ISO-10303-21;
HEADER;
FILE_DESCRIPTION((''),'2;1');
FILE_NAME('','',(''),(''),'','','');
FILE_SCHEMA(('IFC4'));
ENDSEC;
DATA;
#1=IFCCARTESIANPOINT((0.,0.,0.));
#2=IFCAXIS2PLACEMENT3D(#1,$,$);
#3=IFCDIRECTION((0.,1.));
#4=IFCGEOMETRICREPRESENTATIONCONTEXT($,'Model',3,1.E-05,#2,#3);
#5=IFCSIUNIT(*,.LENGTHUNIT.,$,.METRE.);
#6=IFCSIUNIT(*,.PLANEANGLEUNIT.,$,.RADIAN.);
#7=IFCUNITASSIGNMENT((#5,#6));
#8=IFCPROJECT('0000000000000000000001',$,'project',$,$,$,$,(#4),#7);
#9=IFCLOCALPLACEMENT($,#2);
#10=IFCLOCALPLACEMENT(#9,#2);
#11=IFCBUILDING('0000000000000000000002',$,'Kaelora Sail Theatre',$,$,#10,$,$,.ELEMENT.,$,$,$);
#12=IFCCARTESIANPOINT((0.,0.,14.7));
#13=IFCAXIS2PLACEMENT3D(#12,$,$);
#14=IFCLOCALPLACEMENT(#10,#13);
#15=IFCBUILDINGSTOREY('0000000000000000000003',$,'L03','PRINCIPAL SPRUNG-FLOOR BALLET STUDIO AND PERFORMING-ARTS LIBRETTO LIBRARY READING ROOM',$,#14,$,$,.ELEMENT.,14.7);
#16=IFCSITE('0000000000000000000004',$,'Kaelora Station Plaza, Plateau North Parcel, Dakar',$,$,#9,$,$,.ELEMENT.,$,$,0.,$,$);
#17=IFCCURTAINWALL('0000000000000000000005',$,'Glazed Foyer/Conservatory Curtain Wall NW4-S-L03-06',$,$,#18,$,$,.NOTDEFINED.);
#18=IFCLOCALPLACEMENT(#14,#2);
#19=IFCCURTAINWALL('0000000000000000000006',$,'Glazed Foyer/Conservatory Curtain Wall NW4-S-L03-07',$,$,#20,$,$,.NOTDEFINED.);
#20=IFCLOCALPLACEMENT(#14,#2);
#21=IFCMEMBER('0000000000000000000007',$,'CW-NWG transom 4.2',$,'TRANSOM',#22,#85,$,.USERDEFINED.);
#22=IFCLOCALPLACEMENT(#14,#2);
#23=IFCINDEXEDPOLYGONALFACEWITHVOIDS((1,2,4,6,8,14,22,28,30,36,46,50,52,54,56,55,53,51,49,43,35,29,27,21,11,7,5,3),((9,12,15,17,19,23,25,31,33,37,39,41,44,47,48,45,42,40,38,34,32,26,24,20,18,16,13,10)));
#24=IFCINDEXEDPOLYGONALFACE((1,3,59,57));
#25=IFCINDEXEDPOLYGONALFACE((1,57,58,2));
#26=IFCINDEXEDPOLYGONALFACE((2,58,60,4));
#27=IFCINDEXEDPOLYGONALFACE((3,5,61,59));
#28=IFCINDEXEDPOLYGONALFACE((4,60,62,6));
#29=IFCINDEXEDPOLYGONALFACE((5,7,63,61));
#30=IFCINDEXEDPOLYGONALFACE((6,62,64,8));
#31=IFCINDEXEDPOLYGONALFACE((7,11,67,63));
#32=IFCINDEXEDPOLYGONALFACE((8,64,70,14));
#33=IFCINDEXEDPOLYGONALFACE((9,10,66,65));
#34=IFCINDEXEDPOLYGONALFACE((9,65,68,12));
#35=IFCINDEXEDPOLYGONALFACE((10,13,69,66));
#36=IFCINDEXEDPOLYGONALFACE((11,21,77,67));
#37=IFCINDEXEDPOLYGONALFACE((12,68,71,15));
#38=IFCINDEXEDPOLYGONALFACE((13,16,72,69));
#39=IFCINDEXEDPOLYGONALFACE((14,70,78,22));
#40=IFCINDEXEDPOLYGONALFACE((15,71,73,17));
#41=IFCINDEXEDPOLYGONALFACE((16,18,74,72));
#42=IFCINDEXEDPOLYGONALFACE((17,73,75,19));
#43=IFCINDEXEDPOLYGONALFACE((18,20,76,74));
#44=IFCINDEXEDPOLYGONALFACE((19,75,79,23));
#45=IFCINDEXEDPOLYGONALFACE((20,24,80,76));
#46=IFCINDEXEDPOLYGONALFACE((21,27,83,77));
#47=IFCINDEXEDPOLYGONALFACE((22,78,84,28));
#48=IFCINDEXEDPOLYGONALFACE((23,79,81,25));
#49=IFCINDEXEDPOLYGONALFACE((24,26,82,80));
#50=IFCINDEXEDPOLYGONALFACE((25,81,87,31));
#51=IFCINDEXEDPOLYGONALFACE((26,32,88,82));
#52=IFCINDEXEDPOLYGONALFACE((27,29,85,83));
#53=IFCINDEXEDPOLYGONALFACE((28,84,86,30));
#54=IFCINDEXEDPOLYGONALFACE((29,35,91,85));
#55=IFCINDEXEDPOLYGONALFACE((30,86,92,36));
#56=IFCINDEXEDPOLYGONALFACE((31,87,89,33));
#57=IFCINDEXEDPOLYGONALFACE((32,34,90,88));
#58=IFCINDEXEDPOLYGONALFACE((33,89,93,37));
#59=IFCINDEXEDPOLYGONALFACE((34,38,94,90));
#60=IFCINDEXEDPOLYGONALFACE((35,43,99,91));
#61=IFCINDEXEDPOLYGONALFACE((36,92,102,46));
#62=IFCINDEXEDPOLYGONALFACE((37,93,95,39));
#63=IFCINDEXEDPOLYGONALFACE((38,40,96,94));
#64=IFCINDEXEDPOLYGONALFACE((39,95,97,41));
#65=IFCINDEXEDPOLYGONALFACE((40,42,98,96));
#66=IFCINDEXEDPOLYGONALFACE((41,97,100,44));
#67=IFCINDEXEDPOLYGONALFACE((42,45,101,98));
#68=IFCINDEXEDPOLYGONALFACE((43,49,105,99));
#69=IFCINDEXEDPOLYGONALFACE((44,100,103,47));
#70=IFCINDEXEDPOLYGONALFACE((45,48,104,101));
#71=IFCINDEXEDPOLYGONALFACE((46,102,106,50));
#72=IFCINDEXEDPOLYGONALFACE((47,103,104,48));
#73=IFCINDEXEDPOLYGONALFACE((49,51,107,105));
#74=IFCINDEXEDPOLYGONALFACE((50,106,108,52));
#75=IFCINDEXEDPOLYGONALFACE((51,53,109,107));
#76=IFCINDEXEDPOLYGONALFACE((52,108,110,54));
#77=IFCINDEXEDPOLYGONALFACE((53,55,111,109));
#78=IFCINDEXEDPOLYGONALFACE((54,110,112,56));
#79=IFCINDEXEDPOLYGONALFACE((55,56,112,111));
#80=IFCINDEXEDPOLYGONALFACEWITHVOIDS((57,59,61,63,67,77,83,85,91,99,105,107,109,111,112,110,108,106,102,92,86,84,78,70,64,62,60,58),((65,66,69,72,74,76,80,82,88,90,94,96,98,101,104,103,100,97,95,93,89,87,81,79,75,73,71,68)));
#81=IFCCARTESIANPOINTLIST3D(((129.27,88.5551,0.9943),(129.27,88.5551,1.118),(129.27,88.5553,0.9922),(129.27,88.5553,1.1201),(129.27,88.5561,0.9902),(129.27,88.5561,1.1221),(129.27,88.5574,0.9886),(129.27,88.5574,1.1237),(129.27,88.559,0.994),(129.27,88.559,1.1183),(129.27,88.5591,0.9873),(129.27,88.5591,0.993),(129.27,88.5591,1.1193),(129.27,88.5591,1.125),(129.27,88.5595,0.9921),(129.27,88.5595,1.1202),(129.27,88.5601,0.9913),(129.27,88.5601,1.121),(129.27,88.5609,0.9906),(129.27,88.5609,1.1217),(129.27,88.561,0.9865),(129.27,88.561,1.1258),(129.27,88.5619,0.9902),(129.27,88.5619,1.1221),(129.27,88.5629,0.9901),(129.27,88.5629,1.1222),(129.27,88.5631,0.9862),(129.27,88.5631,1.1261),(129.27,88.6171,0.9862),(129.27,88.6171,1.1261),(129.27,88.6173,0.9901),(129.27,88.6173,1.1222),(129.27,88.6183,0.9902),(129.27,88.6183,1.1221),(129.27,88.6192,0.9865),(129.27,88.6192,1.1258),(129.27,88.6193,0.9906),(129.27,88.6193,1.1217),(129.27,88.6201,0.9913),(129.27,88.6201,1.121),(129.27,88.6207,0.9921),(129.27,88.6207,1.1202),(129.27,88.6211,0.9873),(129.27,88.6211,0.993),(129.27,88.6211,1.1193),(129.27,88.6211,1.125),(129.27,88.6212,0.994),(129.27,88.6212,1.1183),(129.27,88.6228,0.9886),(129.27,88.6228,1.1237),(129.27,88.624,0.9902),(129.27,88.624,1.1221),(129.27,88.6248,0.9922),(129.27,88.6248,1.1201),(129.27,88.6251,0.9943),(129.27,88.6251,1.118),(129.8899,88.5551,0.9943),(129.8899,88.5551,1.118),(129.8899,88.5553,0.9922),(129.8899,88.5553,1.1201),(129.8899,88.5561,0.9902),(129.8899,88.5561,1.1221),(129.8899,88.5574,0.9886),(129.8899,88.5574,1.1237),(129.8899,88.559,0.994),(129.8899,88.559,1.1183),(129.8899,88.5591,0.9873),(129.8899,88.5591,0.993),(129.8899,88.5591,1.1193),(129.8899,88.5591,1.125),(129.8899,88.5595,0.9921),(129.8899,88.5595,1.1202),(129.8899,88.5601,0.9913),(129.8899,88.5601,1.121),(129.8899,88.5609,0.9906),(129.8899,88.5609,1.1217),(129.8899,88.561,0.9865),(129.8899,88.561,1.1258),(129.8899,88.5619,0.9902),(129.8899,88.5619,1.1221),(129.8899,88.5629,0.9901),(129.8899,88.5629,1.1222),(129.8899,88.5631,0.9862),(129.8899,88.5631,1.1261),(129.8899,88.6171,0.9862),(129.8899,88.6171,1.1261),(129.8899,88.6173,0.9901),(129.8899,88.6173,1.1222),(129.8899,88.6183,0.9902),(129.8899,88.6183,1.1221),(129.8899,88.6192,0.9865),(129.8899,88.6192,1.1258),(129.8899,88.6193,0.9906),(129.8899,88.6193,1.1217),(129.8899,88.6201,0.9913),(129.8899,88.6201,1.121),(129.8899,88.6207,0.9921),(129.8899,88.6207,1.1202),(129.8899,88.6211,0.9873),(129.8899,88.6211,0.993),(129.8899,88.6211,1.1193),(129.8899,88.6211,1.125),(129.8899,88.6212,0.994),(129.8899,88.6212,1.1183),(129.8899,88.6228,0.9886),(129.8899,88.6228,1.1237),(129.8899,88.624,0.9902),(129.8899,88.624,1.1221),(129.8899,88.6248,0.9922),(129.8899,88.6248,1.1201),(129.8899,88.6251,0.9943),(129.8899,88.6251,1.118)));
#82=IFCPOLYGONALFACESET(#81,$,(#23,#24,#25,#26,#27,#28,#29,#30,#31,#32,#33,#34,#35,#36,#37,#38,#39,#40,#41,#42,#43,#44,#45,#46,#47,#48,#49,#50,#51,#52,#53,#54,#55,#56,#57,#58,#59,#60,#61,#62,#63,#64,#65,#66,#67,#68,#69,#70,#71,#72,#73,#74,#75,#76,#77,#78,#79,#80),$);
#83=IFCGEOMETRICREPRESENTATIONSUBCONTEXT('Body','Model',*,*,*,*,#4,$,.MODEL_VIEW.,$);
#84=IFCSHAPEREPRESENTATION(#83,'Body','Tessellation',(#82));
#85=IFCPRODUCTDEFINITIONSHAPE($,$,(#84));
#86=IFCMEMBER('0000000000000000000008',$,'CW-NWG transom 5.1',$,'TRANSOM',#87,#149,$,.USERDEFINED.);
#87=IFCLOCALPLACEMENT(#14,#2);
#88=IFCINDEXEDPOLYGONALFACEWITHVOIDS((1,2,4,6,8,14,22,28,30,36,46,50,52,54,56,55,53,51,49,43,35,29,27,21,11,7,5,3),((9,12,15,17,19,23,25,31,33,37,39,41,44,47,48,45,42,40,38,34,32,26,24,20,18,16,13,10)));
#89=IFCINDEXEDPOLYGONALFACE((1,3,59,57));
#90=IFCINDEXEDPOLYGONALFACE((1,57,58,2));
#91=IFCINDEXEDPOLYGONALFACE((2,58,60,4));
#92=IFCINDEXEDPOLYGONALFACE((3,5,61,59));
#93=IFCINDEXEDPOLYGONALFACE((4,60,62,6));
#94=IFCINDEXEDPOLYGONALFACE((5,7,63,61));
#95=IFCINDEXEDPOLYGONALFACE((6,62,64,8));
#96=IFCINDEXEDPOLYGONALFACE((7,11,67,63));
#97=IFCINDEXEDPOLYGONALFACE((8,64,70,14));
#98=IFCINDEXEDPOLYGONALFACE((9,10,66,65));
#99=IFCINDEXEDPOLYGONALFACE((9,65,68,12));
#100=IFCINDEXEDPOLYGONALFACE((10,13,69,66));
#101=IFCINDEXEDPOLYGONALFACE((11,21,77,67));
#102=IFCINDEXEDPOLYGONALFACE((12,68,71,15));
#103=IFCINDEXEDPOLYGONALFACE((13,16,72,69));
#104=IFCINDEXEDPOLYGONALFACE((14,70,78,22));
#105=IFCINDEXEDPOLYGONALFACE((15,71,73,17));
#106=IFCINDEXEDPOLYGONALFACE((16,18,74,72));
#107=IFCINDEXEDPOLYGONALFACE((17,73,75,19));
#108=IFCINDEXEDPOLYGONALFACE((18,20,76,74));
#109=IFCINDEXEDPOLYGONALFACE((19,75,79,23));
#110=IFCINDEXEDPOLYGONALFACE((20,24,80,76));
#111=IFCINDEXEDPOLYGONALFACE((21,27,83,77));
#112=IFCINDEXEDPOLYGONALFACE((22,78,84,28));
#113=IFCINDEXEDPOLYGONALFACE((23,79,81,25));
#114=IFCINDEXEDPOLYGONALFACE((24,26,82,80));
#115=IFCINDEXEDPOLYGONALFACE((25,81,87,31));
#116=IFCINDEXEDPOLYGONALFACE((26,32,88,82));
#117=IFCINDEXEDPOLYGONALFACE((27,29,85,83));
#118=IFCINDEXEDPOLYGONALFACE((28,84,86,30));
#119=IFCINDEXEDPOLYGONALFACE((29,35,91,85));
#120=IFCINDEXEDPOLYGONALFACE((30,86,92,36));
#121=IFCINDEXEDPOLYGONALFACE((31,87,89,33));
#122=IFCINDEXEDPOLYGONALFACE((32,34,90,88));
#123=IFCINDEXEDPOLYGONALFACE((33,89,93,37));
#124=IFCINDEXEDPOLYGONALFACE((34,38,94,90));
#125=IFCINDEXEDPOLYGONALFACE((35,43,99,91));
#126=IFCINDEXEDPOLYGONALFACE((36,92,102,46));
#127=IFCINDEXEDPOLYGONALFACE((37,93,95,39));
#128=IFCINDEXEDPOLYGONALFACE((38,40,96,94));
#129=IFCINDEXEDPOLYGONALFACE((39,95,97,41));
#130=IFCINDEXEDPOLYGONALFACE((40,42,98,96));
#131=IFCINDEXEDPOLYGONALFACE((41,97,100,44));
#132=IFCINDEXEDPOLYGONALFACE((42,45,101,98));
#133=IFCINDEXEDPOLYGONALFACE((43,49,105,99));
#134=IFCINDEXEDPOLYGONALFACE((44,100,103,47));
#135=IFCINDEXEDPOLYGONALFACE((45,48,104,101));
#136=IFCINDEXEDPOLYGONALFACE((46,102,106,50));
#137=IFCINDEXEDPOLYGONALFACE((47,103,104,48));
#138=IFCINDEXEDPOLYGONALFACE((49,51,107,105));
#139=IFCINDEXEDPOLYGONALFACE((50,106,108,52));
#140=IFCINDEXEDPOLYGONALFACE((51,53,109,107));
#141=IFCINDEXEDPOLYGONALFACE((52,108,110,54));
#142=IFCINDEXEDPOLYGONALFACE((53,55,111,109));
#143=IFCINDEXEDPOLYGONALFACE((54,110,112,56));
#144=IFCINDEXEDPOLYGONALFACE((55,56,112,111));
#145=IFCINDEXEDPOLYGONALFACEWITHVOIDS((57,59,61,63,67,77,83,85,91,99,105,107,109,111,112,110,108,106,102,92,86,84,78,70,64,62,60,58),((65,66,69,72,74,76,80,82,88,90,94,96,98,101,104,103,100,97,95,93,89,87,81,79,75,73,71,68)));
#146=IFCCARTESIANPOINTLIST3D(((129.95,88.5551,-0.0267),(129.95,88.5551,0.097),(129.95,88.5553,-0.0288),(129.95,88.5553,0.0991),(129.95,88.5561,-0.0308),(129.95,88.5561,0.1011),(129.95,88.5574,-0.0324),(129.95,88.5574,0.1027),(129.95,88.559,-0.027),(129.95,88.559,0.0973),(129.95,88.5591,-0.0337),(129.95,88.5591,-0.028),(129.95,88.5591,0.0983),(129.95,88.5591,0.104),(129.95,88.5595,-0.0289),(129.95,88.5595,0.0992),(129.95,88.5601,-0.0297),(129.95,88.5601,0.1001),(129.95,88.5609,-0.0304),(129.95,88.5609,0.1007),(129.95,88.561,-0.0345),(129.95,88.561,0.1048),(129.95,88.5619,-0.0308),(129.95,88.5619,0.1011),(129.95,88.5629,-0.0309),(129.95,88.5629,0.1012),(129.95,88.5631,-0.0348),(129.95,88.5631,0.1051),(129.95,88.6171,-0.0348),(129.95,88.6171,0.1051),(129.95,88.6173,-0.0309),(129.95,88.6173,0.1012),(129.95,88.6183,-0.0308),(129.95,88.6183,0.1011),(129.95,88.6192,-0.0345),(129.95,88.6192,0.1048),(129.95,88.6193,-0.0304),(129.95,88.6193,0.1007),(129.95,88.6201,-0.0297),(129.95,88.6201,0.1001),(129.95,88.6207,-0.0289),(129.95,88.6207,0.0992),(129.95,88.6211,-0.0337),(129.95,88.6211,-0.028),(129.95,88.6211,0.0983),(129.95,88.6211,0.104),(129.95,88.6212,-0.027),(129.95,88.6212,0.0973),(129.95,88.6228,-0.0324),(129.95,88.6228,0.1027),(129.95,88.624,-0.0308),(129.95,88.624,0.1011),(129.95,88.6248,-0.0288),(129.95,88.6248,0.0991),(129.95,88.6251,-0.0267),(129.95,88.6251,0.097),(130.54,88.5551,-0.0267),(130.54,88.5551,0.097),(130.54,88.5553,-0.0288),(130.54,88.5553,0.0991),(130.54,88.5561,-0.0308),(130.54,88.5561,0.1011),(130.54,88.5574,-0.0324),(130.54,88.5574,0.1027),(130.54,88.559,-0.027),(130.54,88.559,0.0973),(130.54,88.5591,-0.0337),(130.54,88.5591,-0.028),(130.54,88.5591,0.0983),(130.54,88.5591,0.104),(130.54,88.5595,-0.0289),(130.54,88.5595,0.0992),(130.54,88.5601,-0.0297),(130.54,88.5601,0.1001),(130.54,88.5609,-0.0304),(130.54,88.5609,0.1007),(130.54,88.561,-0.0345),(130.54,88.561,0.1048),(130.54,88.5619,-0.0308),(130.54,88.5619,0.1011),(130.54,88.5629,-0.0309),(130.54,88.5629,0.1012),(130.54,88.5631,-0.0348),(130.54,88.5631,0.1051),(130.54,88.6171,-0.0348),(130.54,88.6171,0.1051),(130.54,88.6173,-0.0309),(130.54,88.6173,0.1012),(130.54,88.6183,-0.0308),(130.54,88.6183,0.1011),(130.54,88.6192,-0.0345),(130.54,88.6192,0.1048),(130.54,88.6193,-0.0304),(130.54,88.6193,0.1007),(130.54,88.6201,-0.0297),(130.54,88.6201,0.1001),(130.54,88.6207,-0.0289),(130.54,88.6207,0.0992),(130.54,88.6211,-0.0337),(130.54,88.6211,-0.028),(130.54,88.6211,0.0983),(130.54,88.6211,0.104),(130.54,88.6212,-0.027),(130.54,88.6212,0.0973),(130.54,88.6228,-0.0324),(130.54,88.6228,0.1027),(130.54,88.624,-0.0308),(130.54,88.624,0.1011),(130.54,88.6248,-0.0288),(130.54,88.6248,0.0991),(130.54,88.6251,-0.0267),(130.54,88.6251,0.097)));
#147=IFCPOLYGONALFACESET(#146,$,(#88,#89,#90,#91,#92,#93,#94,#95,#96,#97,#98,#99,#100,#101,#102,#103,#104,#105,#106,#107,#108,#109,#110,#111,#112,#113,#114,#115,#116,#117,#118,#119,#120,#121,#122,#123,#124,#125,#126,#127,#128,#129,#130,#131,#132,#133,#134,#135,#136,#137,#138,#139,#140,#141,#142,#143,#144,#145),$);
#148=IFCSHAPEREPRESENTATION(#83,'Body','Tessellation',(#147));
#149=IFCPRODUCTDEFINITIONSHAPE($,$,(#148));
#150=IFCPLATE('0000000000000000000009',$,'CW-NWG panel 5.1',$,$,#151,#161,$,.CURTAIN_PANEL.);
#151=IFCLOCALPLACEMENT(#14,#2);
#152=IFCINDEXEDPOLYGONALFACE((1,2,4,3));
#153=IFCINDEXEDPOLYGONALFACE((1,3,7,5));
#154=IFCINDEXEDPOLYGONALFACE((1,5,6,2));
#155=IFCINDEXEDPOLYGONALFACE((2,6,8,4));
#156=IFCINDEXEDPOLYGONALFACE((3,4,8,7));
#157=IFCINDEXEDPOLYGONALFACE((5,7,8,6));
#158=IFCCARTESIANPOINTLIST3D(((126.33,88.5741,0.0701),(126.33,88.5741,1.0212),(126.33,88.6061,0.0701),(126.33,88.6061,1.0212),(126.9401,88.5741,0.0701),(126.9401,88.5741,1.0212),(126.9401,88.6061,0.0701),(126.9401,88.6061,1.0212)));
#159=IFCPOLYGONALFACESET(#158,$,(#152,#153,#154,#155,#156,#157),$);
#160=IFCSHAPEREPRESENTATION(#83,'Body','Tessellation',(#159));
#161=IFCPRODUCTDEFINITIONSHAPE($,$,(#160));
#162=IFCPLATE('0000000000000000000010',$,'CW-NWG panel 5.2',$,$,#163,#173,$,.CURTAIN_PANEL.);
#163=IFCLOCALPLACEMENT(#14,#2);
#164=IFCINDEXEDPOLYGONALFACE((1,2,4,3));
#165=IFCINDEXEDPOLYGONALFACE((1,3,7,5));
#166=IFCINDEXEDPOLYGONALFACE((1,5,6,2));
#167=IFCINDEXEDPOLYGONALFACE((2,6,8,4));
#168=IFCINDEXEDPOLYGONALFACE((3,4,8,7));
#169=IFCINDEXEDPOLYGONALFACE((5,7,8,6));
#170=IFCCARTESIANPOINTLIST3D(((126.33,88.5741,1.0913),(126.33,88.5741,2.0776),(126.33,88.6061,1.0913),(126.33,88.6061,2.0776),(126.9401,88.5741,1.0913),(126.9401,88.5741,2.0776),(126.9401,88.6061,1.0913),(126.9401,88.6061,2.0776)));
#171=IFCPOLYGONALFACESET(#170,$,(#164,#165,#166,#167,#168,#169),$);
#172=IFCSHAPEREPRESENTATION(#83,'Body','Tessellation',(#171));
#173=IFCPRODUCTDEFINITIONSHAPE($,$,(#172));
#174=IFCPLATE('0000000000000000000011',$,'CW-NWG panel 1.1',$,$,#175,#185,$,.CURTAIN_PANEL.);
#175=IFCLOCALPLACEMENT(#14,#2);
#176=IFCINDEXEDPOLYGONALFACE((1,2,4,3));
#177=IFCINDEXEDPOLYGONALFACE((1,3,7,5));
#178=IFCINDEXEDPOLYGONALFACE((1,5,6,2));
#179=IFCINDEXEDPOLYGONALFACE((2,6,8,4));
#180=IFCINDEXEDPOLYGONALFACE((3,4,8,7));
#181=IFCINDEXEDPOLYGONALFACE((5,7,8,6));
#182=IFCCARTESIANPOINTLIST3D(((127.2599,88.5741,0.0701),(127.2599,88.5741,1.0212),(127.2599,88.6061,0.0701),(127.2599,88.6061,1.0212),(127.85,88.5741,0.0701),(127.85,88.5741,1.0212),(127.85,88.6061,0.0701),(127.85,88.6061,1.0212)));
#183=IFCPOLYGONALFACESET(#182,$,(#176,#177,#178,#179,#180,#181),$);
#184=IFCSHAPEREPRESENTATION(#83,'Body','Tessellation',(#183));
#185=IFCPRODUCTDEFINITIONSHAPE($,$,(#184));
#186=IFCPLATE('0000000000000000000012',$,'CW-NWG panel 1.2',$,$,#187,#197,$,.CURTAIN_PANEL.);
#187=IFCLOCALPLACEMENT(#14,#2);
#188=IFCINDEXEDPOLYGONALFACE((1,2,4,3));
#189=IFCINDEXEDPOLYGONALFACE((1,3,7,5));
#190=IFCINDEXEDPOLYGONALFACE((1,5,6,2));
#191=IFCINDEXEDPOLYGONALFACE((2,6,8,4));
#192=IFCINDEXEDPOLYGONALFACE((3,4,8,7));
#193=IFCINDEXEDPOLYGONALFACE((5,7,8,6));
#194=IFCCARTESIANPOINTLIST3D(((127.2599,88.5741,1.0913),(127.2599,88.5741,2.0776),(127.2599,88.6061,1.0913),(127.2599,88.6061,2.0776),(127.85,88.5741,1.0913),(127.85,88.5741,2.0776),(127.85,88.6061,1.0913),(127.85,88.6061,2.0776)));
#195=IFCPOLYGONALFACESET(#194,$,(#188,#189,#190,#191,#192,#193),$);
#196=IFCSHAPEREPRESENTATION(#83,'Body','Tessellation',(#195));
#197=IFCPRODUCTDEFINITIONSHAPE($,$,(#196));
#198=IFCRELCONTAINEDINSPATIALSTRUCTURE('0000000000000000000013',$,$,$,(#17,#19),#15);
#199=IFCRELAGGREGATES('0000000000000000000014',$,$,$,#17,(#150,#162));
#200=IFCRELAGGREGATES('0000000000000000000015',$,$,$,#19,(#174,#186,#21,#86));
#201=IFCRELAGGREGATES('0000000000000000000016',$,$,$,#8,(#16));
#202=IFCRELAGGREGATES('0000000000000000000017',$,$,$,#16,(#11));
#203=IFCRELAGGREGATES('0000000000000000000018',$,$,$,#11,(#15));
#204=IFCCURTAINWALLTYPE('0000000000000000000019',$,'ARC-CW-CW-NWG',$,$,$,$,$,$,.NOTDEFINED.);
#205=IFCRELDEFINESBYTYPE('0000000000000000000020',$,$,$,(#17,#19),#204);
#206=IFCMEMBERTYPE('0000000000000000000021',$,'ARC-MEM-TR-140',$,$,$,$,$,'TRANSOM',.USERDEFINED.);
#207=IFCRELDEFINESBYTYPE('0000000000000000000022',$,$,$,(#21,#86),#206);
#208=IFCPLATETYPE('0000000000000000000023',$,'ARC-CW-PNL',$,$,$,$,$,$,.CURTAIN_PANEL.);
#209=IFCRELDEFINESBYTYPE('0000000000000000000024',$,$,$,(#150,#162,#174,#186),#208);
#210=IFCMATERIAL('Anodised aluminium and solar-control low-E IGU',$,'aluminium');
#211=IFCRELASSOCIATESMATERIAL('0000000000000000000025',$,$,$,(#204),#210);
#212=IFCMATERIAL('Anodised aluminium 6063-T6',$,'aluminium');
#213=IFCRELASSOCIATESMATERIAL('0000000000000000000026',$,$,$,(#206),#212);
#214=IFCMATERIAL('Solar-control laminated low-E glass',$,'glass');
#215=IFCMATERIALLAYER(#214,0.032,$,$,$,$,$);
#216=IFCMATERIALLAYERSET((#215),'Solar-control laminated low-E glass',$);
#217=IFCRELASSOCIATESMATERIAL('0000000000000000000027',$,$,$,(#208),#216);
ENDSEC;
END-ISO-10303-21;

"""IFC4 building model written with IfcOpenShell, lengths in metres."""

from ifc_helpers import new_model, si_unit, direction, frame, origin, origin_2d, place, context, subcontext, project, spatial, rectangle, hollow_rectangle, extrude, material, layer, layer_set, material_profile, profile_set, type_object, element, aggregate, save


model = new_model("IFC4")

# Units and contexts
model_context = context("Model", 3, precision=1e-05, world=origin(), true_north=direction((0.0, 1.0)))
body_context = subcontext(model_context, "Body", "Model", "MODEL_VIEW")
ifc_project = project(units=[si_unit("LENGTHUNIT", "METRE"), si_unit("PLANEANGLEUNIT", "RADIAN")], contexts=[model_context])

# Site, building, storey
site_placement = place(None, origin())
site = spatial("IfcSite", under=ifc_project, at=site_placement, Name="Kaelora Station Plaza, Plateau North Parcel, Dakar", CompositionType="ELEMENT", RefElevation=0.0)
building_placement = place(site_placement, origin())
building = spatial("IfcBuilding", under=site, at=building_placement, Name="Kaelora Sail Theatre", CompositionType="ELEMENT")
storey_placement = place(building_placement, frame((0.0, 0.0, 14.7)))
storey = spatial("IfcBuildingStorey", under=building, at=storey_placement, Name="L03", Description="PRINCIPAL SPRUNG-FLOOR BALLET STUDIO AND PERFORMING-ARTS LIBRETTO LIBRARY READING ROOM", CompositionType="ELEMENT", Elevation=14.7)

# Curtain walls
ifc_material_1 = material(Name="Anodised aluminium and solar-control low-E IGU", Category="aluminium")
curtain_wall_type = type_object("IfcCurtainWallType", Name="ARC-CW-CW-NWG", PredefinedType="NOTDEFINED", material=ifc_material_1)
curtain_wall_1_placement = place(storey_placement, origin())
curtain_wall_1 = element("IfcCurtainWall", 1, at=curtain_wall_1_placement, inside=storey, type_object=curtain_wall_type, Name="Glazed Foyer/Conservatory Curtain Wall NW4-S-L03-06", PredefinedType="NOTDEFINED")
curtain_wall_2_placement = place(storey_placement, origin())
curtain_wall_2 = element("IfcCurtainWall", 2, at=curtain_wall_2_placement, inside=storey, type_object=curtain_wall_type, Name="Glazed Foyer/Conservatory Curtain Wall NW4-S-L03-07", PredefinedType="NOTDEFINED")

# Members
ifc_material_2 = material(Name="Anodised aluminium 6063-T6", Category="aluminium")
ifc_material_profile_1 = material_profile(ifc_material_2, hollow_rectangle(XDim=0.0701, YDim=0.1399, WallThickness=0.0039, InnerFilletRadius=0.0039, OuterFilletRadius=0.0081, at=origin_2d()), Name="ALU-TRAN 70x140x4")
ifc_profile_set_1 = profile_set([ifc_material_profile_1], Name="Anodised aluminium 6063-T6")
member_type_1 = type_object("IfcMemberType", Name="ARC-MEM-TR-140", ElementType="TRANSOM", PredefinedType="USERDEFINED", material=ifc_profile_set_1)
member_1_placement = place(storey_placement, frame((129.27, 88.5901, 1.0562), z_axis=(1.0, 0.0, 0.0), x_axis=(0.0, 1.0, 0.0)))
member_1 = element("IfcMember", 3, at=member_1_placement, type_object=member_type_1, Name="CW-NWG transom 4.2", ObjectType="TRANSOM", PredefinedType="USERDEFINED", context=body_context, shape_type="SweptSolid", body=[
    extrude(hollow_rectangle(XDim=0.0701, YDim=0.1399, WallThickness=0.0039, InnerFilletRadius=0.0039, OuterFilletRadius=0.0081, at=origin_2d()), origin(), (0.0, 0.0, 1.0), 0.6199),
])
member_2_placement = place(storey_placement, frame((129.95, 88.5901, 0.0352), z_axis=(1.0, 0.0, 0.0), x_axis=(0.0, 1.0, 0.0)))
member_2 = element("IfcMember", 4, at=member_2_placement, type_object=member_type_1, Name="CW-NWG transom 5.1", ObjectType="TRANSOM", PredefinedType="USERDEFINED", context=body_context, shape_type="SweptSolid", body=[
    extrude(hollow_rectangle(XDim=0.0701, YDim=0.1399, WallThickness=0.0039, InnerFilletRadius=0.0039, OuterFilletRadius=0.0081, at=origin_2d()), origin(), (0.0, 0.0, 1.0), 0.5901),
])

# Plates
ifc_material_3 = material(Name="Solar-control laminated low-E glass", Category="glass")
ifc_layer = layer(ifc_material_3, 0.032)
ifc_layer_set = layer_set([ifc_layer], Name="Solar-control laminated low-E glass")
plate_type = type_object("IfcPlateType", Name="ARC-CW-PNL", PredefinedType="CURTAIN_PANEL", material=ifc_layer_set)
plate_1_placement = place(storey_placement, frame((126.635, 88.5901, 0.0701), z_axis=(0.0, 0.0, 1.0), x_axis=(1.0, 0.0, 0.0)))
plate_1 = element("IfcPlate", 5, at=plate_1_placement, type_object=plate_type, Name="CW-NWG panel 5.1", PredefinedType="CURTAIN_PANEL", context=body_context, shape_type="SweptSolid", body=[
    extrude(rectangle(XDim=0.6101, YDim=0.032, at=origin_2d()), origin(), (0.0, 0.0, 1.0), 0.9512),
])
plate_2_placement = place(storey_placement, frame((126.635, 88.5901, 1.0913), z_axis=(0.0, 0.0, 1.0), x_axis=(1.0, 0.0, 0.0)))
plate_2 = element("IfcPlate", 6, at=plate_2_placement, type_object=plate_type, Name="CW-NWG panel 5.2", PredefinedType="CURTAIN_PANEL", context=body_context, shape_type="SweptSolid", body=[
    extrude(rectangle(XDim=0.6101, YDim=0.032, at=origin_2d()), origin(), (0.0, 0.0, 1.0), 0.9863),
])
aggregate(curtain_wall_1, [plate_1, plate_2])
plate_3_placement = place(storey_placement, frame((127.5549, 88.5901, 0.0701), z_axis=(0.0, 0.0, 1.0), x_axis=(1.0, 0.0, 0.0)))
plate_3 = element("IfcPlate", 7, at=plate_3_placement, type_object=plate_type, Name="CW-NWG panel 1.1", PredefinedType="CURTAIN_PANEL", context=body_context, shape_type="SweptSolid", body=[
    extrude(rectangle(XDim=0.5901, YDim=0.032, at=origin_2d()), origin(), (0.0, 0.0, 1.0), 0.9512),
])
plate_4_placement = place(storey_placement, frame((127.5549, 88.5901, 1.0913), z_axis=(0.0, 0.0, 1.0), x_axis=(1.0, 0.0, 0.0)))
plate_4 = element("IfcPlate", 8, at=plate_4_placement, type_object=plate_type, Name="CW-NWG panel 1.2", PredefinedType="CURTAIN_PANEL", context=body_context, shape_type="SweptSolid", body=[
    extrude(rectangle(XDim=0.5901, YDim=0.032, at=origin_2d()), origin(), (0.0, 0.0, 1.0), 0.9863),
])
aggregate(curtain_wall_2, [plate_3, plate_4, member_1, member_2])

save(model, "model.ifc")
